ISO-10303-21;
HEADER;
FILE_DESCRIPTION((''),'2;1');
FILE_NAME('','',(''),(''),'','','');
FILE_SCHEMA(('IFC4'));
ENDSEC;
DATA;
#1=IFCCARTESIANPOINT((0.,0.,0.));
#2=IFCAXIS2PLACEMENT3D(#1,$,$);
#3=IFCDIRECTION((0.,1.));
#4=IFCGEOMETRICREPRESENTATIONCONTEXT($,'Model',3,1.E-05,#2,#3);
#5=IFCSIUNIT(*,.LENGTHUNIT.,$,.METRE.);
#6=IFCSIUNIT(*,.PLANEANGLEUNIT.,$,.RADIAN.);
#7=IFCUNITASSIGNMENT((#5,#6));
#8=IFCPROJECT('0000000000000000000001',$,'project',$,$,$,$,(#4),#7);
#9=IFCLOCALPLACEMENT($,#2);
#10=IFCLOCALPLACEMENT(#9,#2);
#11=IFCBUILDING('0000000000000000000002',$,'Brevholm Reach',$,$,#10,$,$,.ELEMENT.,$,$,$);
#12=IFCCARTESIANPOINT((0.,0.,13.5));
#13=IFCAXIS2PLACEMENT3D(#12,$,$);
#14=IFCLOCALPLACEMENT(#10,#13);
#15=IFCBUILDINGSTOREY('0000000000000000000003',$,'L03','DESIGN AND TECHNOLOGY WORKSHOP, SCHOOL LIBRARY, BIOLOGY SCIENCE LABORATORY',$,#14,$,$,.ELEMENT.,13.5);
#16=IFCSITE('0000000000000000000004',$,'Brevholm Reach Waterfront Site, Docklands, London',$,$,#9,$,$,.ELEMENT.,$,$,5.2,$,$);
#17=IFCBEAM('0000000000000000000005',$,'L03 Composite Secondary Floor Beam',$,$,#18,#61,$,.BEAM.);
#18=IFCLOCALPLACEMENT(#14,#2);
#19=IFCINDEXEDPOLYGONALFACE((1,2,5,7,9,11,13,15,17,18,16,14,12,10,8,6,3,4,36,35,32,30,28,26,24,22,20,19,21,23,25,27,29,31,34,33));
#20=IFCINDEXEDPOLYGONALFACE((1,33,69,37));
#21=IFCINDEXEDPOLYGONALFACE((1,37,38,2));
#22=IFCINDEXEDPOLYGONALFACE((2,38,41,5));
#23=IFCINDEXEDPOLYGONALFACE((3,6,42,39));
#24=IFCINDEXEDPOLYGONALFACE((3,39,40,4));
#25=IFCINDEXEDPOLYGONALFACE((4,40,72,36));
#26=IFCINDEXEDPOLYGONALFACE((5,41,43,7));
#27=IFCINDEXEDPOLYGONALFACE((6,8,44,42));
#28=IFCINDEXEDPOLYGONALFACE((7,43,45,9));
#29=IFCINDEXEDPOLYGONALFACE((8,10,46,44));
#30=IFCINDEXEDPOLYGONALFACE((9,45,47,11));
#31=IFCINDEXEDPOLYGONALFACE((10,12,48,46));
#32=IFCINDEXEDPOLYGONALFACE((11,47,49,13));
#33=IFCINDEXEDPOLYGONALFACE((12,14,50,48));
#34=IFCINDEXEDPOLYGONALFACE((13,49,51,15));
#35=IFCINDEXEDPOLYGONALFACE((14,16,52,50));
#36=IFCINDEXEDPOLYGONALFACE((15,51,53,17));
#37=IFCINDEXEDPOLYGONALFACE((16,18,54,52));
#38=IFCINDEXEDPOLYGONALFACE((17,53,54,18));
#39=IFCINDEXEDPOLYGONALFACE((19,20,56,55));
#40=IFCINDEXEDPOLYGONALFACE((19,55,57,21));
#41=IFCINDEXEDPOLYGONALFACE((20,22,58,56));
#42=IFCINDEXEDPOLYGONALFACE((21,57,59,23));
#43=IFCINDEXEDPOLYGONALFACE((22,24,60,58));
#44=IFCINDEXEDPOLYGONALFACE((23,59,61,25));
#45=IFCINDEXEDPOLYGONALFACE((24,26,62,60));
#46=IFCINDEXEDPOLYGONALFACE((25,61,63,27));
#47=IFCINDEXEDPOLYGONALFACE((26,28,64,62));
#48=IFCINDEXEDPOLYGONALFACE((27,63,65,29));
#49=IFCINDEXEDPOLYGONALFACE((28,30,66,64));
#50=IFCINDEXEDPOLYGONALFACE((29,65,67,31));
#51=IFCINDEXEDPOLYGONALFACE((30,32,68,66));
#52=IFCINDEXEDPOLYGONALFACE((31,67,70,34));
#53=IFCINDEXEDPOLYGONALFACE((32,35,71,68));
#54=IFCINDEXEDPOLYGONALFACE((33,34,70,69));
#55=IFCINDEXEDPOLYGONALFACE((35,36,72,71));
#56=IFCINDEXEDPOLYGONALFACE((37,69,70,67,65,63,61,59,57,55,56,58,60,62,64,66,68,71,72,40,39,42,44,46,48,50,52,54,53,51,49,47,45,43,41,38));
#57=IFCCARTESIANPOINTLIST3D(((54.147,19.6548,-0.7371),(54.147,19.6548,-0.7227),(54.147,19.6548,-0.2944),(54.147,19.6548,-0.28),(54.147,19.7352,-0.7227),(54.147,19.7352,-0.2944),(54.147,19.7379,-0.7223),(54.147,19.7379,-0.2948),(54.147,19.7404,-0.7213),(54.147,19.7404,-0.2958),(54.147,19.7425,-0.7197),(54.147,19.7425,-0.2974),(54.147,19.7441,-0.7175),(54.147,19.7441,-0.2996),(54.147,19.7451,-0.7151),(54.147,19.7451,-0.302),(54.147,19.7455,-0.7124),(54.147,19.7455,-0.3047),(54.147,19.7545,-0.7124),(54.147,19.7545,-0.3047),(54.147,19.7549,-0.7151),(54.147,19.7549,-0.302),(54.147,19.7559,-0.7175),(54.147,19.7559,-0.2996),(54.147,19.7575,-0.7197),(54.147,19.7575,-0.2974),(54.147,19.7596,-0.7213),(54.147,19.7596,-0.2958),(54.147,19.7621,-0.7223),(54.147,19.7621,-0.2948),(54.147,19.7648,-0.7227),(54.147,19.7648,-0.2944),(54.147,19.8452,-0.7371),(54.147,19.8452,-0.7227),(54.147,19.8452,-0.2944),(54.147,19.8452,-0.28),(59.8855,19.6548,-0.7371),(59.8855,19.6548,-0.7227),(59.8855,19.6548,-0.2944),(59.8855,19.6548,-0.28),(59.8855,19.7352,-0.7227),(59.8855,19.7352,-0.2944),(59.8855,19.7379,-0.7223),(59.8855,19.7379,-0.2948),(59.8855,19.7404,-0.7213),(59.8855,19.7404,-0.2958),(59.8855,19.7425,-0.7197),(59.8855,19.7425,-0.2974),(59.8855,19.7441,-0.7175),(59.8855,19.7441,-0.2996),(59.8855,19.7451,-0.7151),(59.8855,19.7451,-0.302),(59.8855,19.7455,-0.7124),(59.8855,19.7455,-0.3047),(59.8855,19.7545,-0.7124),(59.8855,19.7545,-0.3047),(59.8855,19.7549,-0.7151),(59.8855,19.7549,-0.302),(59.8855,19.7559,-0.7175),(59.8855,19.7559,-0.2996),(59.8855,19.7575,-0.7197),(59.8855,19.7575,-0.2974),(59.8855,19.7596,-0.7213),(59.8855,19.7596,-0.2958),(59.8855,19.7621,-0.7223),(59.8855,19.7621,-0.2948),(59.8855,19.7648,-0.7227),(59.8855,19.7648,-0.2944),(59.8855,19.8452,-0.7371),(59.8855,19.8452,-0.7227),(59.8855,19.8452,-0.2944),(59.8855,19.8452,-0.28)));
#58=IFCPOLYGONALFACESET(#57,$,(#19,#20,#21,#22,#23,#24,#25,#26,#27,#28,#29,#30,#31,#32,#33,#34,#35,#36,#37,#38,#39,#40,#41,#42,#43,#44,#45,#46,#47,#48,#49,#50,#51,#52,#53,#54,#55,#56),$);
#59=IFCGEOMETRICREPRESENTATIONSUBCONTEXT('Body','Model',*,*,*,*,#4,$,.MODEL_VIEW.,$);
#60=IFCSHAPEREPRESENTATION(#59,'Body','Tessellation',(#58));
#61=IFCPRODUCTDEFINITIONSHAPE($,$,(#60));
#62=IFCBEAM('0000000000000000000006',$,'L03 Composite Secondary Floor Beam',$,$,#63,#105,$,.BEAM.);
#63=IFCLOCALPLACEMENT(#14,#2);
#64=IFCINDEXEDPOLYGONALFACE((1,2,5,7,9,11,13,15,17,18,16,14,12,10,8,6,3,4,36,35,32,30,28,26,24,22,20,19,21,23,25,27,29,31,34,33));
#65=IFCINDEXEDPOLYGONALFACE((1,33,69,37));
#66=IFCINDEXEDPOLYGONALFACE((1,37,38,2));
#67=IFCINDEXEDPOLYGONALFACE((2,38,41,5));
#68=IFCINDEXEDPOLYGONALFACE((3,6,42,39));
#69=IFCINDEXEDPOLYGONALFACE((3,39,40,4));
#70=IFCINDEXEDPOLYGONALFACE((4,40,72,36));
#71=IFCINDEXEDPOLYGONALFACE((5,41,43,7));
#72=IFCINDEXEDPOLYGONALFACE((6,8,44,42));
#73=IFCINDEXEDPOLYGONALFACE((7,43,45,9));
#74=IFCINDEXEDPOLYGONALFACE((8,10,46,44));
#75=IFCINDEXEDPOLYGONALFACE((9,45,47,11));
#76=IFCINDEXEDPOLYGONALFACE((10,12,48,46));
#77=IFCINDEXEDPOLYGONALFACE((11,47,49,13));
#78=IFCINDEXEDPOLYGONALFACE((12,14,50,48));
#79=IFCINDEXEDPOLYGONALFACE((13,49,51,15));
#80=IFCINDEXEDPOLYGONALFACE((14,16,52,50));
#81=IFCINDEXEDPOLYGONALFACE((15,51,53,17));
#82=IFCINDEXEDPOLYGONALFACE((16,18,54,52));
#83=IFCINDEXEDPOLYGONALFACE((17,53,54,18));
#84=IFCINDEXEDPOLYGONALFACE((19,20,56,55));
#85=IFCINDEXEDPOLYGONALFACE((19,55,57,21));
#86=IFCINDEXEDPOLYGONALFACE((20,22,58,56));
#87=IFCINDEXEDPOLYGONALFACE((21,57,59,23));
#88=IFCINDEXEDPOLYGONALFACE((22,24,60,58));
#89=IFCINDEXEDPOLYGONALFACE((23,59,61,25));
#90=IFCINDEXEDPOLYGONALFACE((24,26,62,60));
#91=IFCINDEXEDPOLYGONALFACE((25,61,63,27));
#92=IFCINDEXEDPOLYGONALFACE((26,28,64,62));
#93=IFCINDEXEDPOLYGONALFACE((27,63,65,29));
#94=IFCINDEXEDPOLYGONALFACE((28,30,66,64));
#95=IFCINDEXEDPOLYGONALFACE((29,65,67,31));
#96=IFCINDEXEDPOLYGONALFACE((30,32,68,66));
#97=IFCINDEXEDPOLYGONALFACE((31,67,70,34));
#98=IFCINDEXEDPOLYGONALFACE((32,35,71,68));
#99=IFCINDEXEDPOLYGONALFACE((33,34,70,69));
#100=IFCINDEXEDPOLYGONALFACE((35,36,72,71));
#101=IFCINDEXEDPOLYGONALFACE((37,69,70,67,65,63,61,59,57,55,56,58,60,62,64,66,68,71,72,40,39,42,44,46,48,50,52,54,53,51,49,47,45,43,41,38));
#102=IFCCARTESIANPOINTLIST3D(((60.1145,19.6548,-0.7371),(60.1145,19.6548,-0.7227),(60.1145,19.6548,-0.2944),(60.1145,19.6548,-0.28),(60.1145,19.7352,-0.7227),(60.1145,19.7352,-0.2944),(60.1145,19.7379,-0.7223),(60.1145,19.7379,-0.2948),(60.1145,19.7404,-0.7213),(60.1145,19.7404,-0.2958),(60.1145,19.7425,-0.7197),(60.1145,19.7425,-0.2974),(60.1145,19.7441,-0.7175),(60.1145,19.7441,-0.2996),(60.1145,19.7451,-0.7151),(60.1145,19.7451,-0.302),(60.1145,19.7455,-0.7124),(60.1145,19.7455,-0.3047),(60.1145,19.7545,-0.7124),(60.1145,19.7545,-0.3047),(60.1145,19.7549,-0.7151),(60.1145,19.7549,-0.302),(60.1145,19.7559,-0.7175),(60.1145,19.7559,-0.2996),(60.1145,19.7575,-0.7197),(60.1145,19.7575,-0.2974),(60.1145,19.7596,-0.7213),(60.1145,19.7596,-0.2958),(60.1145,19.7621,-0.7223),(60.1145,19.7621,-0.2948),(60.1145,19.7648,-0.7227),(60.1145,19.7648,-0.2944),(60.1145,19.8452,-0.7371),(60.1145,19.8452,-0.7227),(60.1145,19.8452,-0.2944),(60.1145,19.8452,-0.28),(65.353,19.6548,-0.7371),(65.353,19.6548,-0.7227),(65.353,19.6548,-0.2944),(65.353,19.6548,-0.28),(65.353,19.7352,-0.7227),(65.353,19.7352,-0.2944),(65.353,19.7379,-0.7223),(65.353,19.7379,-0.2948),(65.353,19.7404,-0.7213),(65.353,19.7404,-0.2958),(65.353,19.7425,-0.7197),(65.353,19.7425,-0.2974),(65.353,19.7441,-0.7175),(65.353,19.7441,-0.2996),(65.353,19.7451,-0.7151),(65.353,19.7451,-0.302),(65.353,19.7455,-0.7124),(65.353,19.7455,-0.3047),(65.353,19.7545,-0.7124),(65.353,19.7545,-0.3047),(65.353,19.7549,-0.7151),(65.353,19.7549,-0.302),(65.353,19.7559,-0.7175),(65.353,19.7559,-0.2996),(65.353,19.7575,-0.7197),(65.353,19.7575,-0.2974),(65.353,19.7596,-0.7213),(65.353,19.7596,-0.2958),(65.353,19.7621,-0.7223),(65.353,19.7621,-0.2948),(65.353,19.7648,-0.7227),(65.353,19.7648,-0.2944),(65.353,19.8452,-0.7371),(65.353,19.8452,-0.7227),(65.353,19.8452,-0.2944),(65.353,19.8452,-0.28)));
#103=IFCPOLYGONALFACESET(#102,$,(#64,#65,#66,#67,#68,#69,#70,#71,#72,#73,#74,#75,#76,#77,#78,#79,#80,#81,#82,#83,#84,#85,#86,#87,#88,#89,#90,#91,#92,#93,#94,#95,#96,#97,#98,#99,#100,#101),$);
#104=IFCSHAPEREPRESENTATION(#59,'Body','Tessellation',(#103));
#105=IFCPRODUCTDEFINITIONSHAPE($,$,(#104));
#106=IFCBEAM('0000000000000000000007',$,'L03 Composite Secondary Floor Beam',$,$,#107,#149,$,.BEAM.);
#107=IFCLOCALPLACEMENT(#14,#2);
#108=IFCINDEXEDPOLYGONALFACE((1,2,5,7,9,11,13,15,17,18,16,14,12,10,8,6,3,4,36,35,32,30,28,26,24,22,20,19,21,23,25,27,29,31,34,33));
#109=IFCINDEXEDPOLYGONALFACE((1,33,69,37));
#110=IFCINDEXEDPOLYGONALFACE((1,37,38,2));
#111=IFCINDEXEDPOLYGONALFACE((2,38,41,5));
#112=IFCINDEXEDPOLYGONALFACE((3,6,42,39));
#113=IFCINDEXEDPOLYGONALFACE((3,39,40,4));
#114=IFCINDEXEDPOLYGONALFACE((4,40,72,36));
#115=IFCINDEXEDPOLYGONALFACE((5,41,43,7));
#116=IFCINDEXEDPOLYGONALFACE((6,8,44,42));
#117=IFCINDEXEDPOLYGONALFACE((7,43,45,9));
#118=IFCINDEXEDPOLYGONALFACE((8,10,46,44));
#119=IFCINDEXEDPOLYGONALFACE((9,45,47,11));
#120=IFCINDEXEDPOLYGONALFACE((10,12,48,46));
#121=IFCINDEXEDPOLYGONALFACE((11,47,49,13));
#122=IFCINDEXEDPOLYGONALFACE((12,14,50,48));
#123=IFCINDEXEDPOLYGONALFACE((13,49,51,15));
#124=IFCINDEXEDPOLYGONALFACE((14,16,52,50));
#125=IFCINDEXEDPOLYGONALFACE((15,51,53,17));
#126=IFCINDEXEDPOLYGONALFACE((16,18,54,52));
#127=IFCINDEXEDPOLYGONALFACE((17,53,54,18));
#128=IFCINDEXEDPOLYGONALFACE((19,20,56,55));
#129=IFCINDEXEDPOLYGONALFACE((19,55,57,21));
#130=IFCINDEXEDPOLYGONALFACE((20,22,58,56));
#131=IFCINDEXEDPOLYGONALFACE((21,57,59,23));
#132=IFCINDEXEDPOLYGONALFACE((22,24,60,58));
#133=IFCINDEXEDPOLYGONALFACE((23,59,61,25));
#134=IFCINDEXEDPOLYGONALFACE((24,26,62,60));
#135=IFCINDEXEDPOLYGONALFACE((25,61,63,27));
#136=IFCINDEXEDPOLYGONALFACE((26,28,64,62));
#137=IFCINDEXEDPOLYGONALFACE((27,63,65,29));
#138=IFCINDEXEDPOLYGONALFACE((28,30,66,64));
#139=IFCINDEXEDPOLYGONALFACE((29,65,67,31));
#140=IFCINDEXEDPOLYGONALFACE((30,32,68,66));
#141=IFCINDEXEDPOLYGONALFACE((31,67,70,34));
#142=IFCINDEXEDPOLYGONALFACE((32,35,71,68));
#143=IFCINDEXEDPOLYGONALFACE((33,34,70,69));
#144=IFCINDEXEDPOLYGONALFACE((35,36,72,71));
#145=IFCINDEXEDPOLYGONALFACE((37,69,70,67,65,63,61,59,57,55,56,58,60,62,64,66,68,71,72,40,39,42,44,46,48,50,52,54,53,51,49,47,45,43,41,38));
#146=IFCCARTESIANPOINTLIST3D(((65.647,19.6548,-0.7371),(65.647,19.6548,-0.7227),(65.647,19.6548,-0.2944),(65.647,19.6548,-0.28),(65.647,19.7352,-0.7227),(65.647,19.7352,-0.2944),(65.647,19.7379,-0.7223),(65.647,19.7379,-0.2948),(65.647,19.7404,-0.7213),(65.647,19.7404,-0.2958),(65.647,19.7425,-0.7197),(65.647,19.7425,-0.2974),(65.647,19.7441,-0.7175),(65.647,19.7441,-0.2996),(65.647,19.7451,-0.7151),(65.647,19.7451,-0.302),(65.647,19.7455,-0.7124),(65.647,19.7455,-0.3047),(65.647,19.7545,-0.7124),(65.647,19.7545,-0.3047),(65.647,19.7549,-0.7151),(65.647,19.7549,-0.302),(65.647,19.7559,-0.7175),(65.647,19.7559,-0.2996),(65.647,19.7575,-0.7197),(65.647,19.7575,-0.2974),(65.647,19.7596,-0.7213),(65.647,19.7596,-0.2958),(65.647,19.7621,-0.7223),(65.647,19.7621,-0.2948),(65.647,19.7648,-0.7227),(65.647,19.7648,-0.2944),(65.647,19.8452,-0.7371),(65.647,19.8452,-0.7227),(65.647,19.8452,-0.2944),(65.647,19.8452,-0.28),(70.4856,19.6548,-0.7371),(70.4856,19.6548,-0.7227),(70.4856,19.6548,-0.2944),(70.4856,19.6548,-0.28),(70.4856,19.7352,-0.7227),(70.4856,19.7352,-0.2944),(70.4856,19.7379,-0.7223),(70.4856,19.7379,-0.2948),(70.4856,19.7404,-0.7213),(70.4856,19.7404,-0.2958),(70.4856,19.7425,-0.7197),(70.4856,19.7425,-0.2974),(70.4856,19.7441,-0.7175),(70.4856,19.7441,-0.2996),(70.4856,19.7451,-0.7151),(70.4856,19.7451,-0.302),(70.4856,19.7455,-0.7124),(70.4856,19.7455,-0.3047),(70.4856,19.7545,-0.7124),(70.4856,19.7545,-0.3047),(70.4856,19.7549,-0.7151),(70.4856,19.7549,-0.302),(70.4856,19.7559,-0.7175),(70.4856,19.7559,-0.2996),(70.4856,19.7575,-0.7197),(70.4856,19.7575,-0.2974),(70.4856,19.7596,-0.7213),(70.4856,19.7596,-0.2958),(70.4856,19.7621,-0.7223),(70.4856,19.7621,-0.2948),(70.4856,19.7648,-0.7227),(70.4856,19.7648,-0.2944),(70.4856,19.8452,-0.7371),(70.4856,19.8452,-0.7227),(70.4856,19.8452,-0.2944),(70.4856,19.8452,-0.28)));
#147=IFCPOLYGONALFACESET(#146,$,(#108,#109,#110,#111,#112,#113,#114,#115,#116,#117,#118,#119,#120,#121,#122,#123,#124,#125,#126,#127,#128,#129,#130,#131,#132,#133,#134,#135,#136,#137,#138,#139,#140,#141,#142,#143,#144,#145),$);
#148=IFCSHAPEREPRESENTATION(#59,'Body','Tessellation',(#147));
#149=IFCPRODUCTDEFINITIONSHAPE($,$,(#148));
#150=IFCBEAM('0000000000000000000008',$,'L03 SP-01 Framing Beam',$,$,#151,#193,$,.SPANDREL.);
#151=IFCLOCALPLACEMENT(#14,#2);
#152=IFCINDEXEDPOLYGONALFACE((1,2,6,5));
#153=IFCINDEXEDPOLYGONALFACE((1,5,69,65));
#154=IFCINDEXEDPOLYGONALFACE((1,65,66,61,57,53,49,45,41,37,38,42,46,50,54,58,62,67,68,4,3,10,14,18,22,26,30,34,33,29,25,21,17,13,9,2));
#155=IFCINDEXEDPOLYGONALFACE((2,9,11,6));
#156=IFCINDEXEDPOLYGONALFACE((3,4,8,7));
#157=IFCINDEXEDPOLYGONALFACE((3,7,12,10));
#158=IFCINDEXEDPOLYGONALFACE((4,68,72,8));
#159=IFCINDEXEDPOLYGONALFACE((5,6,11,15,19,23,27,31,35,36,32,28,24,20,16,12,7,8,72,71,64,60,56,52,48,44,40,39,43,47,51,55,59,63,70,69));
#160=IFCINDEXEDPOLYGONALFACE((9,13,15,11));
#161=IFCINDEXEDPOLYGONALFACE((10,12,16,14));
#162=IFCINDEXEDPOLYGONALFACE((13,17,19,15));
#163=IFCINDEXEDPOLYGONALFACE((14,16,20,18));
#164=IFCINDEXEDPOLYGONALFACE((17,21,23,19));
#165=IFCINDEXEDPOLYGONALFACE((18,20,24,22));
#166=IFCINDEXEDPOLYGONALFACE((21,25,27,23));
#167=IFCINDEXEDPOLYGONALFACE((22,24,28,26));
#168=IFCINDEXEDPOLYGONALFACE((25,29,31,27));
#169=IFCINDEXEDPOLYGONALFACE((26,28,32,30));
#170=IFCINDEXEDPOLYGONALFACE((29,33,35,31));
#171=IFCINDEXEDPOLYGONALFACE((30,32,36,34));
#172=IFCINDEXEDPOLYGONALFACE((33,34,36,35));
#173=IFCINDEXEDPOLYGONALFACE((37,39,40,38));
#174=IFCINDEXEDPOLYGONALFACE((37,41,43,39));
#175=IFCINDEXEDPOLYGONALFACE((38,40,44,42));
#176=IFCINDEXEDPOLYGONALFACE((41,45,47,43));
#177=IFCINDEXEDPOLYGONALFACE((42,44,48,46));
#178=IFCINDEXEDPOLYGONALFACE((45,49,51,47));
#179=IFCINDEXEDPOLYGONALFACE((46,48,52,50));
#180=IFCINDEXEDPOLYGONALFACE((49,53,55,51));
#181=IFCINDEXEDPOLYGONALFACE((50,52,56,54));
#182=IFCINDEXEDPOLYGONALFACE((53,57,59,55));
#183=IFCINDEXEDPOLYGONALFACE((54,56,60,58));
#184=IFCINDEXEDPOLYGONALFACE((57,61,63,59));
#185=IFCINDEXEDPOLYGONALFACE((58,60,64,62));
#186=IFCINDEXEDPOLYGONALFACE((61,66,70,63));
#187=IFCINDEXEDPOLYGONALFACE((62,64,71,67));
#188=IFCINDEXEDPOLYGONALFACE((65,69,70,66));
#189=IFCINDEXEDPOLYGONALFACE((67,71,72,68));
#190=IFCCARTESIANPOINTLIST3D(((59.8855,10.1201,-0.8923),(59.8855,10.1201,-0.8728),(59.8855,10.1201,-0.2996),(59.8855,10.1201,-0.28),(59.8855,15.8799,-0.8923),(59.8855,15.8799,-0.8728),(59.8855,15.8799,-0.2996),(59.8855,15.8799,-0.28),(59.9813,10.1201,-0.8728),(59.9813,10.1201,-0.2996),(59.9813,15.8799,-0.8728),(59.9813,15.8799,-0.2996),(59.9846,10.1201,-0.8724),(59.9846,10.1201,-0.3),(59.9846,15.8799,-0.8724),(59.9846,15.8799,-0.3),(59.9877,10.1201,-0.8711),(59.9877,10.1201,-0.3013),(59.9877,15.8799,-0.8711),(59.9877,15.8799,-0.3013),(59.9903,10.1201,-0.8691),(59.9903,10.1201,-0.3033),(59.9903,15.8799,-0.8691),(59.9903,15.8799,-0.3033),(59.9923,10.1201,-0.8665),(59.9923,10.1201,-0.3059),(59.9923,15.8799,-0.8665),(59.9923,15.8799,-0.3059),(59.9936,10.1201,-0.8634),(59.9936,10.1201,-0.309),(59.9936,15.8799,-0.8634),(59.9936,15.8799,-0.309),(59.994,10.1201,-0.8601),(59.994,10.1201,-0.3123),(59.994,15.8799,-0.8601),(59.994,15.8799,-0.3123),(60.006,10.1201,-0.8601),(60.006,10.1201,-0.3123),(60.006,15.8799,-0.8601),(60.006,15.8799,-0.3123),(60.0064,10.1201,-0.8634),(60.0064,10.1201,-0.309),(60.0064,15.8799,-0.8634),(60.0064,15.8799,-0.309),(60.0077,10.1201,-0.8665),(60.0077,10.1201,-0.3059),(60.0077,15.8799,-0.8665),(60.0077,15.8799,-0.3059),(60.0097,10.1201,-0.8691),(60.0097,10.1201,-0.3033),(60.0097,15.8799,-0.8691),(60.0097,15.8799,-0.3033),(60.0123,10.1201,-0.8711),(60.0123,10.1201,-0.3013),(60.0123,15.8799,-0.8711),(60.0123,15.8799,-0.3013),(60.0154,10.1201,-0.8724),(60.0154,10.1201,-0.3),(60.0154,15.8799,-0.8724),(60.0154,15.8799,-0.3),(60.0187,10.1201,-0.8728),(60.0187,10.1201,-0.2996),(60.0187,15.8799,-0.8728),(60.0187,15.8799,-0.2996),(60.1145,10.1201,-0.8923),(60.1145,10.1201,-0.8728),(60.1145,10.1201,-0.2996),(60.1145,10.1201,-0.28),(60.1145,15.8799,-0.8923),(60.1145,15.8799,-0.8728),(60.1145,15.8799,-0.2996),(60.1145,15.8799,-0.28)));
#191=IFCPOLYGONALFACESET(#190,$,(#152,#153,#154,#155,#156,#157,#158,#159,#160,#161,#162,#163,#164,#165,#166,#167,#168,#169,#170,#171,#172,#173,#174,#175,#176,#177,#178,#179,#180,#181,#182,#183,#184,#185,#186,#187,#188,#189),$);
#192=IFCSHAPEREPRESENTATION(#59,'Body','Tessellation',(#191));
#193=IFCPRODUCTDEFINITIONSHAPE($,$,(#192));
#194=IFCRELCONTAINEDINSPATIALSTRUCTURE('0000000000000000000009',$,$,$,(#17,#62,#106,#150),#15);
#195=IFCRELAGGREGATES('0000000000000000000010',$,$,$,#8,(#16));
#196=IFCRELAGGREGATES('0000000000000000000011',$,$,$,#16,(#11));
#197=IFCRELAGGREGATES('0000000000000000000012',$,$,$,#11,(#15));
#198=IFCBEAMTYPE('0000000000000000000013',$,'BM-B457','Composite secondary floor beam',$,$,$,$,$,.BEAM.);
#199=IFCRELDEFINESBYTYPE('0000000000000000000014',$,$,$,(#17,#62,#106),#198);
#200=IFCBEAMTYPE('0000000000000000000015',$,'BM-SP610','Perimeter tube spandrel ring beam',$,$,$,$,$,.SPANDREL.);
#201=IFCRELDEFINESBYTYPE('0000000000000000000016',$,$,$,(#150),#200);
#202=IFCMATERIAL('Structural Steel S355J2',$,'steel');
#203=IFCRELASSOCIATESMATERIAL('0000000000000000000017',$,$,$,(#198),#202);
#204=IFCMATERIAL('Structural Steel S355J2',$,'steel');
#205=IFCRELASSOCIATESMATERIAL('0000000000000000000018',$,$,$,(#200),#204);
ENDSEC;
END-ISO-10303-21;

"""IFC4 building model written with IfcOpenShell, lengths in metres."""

from ifc_helpers import new_model, si_unit, direction, frame, origin, origin_2d, place, context, subcontext, project, spatial, i_section, extrude, material, material_profile, profile_set, type_object, element, save


model = new_model("IFC4")

# Units and contexts
model_context = context("Model", 3, precision=1e-05, world=origin(), true_north=direction((0.0, 1.0)))
body_context = subcontext(model_context, "Body", "Model", "MODEL_VIEW")
ifc_project = project(units=[si_unit("LENGTHUNIT", "METRE"), si_unit("PLANEANGLEUNIT", "RADIAN")], contexts=[model_context])

# Site, building, storey
site_placement = place(None, origin())
site = spatial("IfcSite", under=ifc_project, at=site_placement, Name="Brevholm Reach Waterfront Site, Docklands, London", CompositionType="ELEMENT", RefElevation=5.2)
building_placement = place(site_placement, origin())
building = spatial("IfcBuilding", under=site, at=building_placement, Name="Brevholm Reach", CompositionType="ELEMENT")
storey_placement = place(building_placement, frame((0.0, 0.0, 13.5)))
storey = spatial("IfcBuildingStorey", under=building, at=storey_placement, Name="L03", Description="DESIGN AND TECHNOLOGY WORKSHOP, SCHOOL LIBRARY, BIOLOGY SCIENCE LABORATORY", CompositionType="ELEMENT", Elevation=13.5)

# Beams
ifc_material_1 = material(Name="Structural Steel S355J2", Category="steel")
ifc_material_profile_1 = material_profile(ifc_material_1, i_section(OverallWidth=0.1904, OverallDepth=0.457, WebThickness=0.009, FlangeThickness=0.0144, FilletRadius=0.0103, at=origin_2d()), Name="UKB 457x191x74")
ifc_profile_set_1 = profile_set([ifc_material_profile_1], Name="Structural Steel S355J2")
beam_type_1 = type_object("IfcBeamType", Name="BM-B457", Description="Composite secondary floor beam", PredefinedType="BEAM", material=ifc_profile_set_1)
beam_1_placement = place(storey_placement, frame((54.147, 19.75, -0.5085), z_axis=(1.0, 0.0, 0.0), x_axis=(0.0, 1.0, 0.0)))
element("IfcBeam", 1, at=beam_1_placement, inside=storey, type_object=beam_type_1, Name="L03 Composite Secondary Floor Beam", PredefinedType="BEAM", context=body_context, shape_type="SweptSolid", body=[
    extrude(i_section(OverallWidth=0.1904, OverallDepth=0.457, WebThickness=0.009, FlangeThickness=0.0144, FilletRadius=0.0103, at=origin_2d()), origin(), (0.0, 0.0, 1.0), 5.7385),
])
beam_2_placement = place(storey_placement, frame((60.1145, 19.75, -0.5085), z_axis=(1.0, 0.0, 0.0), x_axis=(0.0, 1.0, 0.0)))
element("IfcBeam", 2, at=beam_2_placement, inside=storey, type_object=beam_type_1, Name="L03 Composite Secondary Floor Beam", PredefinedType="BEAM", context=body_context, shape_type="SweptSolid", body=[
    extrude(i_section(OverallWidth=0.1904, OverallDepth=0.457, WebThickness=0.009, FlangeThickness=0.0144, FilletRadius=0.0103, at=origin_2d()), origin(), (0.0, 0.0, 1.0), 5.2385),
])
beam_3_placement = place(storey_placement, frame((65.647, 19.75, -0.5085), z_axis=(1.0, 0.0, 0.0), x_axis=(0.0, 1.0, 0.0)))
element("IfcBeam", 3, at=beam_3_placement, inside=storey, type_object=beam_type_1, Name="L03 Composite Secondary Floor Beam", PredefinedType="BEAM", context=body_context, shape_type="SweptSolid", body=[
    extrude(i_section(OverallWidth=0.1904, OverallDepth=0.457, WebThickness=0.009, FlangeThickness=0.0144, FilletRadius=0.0103, at=origin_2d()), origin(), (0.0, 0.0, 1.0), 4.8386),
])
ifc_material_2 = material(Name="Structural Steel S355J2", Category="steel")
ifc_material_profile_2 = material_profile(ifc_material_2, i_section(OverallWidth=0.229, OverallDepth=0.6123, WebThickness=0.012, FlangeThickness=0.0195, FilletRadius=0.0127, at=origin_2d()), Name="UKB 610x229x125")
ifc_profile_set_2 = profile_set([ifc_material_profile_2], Name="Structural Steel S355J2")
beam_type_2 = type_object("IfcBeamType", Name="BM-SP610", Description="Perimeter tube spandrel ring beam", PredefinedType="SPANDREL", material=ifc_profile_set_2)
beam_4_placement = place(storey_placement, frame((60.0, 10.1201, -0.5862), z_axis=(0.0, 1.0, 0.0), x_axis=(-1.0, 0.0, 0.0)))
element("IfcBeam", 4, at=beam_4_placement, inside=storey, type_object=beam_type_2, Name="L03 SP-01 Framing Beam", PredefinedType="SPANDREL", context=body_context, shape_type="SweptSolid", body=[
    extrude(i_section(OverallWidth=0.229, OverallDepth=0.6123, WebThickness=0.012, FlangeThickness=0.0195, FilletRadius=0.0127, at=origin_2d()), origin(), (0.0, 0.0, 1.0), 5.7598),
])

save(model, "model.ifc")
